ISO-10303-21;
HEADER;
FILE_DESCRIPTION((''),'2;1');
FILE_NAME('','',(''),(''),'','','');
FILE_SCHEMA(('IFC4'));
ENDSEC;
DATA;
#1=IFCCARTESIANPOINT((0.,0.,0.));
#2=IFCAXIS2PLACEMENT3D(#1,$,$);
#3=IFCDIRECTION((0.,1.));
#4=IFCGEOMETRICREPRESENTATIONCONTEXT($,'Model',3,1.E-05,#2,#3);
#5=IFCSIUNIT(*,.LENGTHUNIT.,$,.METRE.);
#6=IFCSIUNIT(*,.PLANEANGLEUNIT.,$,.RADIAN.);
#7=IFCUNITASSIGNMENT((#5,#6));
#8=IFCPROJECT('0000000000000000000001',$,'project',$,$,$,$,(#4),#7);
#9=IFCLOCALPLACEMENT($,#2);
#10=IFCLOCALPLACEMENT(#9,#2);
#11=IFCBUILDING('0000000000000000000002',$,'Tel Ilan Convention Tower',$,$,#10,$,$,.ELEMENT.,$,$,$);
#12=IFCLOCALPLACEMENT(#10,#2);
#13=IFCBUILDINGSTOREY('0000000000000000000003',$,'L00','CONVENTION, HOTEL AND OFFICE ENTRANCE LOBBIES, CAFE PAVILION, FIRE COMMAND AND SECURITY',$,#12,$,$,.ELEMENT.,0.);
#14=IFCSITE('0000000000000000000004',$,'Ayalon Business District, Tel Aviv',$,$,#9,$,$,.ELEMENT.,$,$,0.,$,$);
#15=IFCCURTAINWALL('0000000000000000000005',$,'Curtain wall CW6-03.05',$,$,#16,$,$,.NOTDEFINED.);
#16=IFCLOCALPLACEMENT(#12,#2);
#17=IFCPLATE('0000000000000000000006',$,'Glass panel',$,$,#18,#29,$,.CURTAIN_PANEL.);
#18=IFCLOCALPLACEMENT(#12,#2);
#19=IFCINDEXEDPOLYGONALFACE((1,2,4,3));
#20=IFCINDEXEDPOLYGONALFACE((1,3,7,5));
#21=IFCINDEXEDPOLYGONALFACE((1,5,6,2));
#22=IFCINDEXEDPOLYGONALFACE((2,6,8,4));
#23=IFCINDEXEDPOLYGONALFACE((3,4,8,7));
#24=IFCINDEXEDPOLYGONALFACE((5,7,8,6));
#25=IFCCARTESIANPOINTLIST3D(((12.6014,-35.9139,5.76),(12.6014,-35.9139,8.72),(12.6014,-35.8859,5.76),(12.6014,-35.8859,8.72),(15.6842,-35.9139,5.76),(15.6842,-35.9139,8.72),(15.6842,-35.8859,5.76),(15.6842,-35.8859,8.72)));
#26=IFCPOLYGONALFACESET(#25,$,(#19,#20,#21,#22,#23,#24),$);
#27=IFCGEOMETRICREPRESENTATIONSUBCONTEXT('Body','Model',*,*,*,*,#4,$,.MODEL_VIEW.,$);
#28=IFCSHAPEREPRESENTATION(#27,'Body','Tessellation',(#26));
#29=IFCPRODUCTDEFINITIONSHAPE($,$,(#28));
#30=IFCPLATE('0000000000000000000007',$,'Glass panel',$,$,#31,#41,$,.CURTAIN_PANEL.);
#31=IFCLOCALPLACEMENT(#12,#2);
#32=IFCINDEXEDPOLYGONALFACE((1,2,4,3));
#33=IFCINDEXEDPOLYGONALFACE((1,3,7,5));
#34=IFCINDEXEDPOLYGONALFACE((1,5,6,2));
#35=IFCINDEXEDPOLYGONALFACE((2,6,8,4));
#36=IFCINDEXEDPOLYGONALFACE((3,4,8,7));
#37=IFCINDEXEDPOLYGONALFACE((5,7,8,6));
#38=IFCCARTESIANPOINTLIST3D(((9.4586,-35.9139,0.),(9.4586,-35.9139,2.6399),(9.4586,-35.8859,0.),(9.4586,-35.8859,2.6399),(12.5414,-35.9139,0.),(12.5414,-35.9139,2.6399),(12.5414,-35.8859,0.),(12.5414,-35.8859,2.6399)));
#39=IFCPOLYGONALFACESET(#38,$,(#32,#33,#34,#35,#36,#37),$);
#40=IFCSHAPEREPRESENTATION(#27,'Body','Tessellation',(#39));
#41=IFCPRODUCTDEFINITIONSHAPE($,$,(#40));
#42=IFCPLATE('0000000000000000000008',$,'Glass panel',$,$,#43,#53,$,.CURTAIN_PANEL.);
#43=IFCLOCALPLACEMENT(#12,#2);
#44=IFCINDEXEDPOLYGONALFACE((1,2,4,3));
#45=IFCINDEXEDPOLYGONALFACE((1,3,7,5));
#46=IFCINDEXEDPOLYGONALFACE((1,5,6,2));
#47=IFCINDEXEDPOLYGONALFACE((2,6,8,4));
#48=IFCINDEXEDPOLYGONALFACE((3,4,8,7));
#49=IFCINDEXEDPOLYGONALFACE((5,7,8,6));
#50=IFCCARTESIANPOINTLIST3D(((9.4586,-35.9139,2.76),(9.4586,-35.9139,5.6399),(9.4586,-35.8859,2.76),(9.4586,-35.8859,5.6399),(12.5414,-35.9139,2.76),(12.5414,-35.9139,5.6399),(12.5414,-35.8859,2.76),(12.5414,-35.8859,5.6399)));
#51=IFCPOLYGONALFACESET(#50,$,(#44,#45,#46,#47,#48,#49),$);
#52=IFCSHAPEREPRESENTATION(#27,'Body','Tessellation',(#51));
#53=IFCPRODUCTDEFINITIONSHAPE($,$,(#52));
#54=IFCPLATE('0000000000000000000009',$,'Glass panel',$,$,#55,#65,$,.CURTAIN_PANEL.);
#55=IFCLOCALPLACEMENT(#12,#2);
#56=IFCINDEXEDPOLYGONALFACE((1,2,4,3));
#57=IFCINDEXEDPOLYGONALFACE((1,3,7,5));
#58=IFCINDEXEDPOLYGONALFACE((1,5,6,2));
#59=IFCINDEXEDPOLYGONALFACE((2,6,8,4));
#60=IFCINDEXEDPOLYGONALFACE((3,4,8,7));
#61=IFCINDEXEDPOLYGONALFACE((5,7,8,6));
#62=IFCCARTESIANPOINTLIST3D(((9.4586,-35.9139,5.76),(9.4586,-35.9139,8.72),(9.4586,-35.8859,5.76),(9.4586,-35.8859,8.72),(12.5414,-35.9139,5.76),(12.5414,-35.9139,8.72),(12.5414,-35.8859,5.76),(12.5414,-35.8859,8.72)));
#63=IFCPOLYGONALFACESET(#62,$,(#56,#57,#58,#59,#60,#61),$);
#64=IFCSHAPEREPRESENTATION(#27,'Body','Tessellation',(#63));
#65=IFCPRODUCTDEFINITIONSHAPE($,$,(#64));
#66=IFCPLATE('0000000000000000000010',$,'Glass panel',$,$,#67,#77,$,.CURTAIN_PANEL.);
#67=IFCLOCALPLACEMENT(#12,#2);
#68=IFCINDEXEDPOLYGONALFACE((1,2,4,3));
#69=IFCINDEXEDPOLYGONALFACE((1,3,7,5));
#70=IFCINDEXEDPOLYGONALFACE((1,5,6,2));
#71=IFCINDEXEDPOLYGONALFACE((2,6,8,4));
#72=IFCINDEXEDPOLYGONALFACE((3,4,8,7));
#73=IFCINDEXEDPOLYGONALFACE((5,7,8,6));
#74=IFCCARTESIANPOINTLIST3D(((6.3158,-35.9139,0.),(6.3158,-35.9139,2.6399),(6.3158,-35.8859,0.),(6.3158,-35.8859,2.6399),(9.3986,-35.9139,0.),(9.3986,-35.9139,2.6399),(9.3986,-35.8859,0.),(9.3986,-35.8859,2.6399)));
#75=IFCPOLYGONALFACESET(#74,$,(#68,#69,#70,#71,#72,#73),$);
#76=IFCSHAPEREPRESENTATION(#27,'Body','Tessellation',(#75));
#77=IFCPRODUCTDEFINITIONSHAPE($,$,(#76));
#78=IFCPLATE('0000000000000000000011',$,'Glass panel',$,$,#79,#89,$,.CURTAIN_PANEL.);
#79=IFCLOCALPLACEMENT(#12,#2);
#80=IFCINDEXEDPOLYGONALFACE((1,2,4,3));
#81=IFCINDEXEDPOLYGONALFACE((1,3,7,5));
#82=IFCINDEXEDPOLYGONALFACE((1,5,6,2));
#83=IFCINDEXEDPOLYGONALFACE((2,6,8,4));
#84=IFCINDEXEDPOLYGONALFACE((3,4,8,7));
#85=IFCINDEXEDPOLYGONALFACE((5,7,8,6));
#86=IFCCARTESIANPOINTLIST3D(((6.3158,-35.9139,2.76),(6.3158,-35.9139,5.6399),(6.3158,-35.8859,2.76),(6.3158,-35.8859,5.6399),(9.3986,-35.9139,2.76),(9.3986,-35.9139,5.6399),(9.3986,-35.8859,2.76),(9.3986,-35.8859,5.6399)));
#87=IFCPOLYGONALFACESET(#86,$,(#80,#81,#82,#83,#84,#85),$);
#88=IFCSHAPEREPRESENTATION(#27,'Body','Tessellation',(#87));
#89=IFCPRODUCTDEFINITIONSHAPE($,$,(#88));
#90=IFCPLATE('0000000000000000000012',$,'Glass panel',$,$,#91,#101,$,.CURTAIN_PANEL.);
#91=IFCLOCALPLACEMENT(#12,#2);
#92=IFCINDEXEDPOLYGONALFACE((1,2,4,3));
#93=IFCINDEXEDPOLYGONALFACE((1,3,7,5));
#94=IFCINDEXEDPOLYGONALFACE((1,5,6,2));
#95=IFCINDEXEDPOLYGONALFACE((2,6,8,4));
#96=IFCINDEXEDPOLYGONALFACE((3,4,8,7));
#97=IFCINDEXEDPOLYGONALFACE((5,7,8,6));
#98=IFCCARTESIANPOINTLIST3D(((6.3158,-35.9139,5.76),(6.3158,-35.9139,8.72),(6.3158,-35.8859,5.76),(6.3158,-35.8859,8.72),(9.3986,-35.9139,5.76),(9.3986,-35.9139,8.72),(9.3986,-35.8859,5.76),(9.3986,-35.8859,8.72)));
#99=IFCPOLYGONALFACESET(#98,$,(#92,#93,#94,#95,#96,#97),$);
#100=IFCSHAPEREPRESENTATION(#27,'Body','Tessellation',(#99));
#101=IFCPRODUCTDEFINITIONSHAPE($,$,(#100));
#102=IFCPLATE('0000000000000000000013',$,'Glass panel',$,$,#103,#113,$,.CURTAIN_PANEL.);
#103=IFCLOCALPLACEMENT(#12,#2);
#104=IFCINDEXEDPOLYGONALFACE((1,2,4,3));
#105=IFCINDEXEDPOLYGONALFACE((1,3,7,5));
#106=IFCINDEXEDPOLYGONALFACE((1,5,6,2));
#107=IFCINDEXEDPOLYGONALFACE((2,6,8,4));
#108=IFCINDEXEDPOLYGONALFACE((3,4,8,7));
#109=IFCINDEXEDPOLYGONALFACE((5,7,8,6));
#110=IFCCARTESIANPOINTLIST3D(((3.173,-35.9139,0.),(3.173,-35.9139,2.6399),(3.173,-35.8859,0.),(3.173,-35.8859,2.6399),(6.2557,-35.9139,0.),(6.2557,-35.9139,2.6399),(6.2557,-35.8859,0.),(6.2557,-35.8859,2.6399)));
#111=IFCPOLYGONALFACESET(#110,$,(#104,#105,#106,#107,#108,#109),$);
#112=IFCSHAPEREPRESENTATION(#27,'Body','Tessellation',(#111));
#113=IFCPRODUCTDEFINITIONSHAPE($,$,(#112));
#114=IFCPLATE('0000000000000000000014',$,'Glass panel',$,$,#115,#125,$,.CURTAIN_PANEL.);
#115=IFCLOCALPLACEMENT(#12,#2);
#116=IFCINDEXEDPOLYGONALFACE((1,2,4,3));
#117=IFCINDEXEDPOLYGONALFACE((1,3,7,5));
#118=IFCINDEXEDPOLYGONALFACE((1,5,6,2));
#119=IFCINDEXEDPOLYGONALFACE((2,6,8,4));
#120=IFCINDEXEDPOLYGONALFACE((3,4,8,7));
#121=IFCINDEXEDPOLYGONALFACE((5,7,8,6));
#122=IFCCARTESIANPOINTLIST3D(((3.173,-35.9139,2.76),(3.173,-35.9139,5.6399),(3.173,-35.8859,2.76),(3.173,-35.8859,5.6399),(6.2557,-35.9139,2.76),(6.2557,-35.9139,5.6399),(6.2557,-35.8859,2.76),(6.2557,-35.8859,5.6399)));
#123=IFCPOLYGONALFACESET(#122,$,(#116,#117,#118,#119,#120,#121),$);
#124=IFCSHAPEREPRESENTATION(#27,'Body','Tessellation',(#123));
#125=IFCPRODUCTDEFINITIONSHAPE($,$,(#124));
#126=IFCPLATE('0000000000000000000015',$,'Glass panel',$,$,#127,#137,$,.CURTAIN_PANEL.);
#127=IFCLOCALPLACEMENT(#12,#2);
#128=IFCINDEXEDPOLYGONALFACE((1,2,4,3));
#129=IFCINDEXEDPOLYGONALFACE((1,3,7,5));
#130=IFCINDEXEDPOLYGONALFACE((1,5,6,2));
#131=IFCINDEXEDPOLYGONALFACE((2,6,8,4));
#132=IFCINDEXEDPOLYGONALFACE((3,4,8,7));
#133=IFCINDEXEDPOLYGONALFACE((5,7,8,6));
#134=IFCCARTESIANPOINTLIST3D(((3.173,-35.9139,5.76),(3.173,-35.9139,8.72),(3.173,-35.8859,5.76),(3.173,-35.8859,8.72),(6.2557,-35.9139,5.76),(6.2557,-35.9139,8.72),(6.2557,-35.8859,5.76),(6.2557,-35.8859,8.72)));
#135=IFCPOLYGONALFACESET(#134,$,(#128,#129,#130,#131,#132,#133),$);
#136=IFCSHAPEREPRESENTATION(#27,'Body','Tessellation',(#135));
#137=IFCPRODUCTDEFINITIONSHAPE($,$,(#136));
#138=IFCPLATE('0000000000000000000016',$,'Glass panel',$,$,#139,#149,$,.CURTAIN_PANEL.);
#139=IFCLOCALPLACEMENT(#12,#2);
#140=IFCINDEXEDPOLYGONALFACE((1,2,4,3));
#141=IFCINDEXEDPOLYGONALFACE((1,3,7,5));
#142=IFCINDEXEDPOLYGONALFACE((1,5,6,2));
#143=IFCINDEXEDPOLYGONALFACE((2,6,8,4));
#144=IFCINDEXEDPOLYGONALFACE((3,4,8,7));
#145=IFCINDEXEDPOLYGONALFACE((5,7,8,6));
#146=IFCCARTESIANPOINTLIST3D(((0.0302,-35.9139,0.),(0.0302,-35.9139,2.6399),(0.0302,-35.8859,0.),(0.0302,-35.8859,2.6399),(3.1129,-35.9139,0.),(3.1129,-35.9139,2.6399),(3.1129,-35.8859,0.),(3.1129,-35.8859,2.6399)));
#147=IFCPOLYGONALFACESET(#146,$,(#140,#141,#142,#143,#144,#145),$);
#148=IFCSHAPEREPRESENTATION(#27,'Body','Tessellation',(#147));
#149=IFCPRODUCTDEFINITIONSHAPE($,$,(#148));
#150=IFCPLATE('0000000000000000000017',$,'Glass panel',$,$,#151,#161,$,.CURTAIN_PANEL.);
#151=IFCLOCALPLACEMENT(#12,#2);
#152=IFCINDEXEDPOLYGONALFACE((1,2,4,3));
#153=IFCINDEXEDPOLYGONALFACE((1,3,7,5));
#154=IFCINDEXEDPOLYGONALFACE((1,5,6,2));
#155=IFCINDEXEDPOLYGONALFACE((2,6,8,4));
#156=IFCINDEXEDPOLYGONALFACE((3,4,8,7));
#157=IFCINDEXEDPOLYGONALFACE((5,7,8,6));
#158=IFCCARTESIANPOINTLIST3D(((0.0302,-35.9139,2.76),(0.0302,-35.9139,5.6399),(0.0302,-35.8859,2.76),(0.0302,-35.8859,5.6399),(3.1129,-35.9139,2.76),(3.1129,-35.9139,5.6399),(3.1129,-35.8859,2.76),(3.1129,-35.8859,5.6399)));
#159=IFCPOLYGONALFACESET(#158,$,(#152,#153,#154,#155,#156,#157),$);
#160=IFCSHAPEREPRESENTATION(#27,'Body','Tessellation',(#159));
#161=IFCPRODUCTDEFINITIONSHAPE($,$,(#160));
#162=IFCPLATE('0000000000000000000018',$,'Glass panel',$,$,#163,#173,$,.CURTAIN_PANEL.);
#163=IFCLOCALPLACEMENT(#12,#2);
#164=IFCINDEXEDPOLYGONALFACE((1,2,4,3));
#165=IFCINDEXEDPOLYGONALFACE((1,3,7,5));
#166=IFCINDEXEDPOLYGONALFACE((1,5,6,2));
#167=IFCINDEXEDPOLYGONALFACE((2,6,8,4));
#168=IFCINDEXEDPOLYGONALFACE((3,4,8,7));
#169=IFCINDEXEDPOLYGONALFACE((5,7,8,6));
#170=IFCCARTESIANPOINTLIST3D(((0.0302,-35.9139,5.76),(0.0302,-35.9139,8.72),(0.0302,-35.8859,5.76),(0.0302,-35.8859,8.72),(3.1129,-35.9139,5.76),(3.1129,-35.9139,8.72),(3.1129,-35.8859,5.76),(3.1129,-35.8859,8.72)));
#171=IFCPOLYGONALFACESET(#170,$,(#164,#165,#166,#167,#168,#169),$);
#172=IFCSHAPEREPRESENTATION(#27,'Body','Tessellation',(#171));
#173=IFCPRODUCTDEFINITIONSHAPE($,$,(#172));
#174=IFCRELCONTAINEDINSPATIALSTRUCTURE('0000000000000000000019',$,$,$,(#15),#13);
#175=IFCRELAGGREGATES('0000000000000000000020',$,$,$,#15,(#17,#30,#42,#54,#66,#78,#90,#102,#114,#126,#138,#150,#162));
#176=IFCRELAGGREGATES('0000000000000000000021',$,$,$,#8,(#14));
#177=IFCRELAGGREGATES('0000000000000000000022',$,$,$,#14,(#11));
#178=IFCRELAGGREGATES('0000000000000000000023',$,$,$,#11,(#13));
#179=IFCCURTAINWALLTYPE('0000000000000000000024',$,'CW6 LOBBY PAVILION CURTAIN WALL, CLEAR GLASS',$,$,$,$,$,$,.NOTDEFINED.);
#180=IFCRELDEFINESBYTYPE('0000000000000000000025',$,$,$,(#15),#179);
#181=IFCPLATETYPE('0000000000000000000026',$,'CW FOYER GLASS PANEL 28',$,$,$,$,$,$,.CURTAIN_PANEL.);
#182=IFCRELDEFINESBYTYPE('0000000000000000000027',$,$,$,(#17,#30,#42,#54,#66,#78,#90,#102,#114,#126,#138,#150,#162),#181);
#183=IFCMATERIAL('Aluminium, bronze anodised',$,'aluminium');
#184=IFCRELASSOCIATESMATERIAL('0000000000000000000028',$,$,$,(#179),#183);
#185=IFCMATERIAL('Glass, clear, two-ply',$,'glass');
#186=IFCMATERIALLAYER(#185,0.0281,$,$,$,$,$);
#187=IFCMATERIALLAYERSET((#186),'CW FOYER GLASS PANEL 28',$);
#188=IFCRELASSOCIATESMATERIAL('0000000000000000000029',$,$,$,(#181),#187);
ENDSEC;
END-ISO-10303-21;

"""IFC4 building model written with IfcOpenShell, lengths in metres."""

from ifc_helpers import new_model, si_unit, direction, frame, origin, origin_2d, place, context, subcontext, project, spatial, rectangle, extrude, material, layer, layer_set, type_object, element, aggregate, save


model = new_model("IFC4")

# Units and contexts
model_context = context("Model", 3, precision=1e-05, world=origin(), true_north=direction((0.0, 1.0)))
body_context = subcontext(model_context, "Body", "Model", "MODEL_VIEW")
ifc_project = project(units=[si_unit("LENGTHUNIT", "METRE"), si_unit("PLANEANGLEUNIT", "RADIAN")], contexts=[model_context])

# Site, building, storey
site_placement = place(None, origin())
site = spatial("IfcSite", under=ifc_project, at=site_placement, Name="Ayalon Business District, Tel Aviv", CompositionType="ELEMENT", RefElevation=0.0)
building_placement = place(site_placement, origin())
building = spatial("IfcBuilding", under=site, at=building_placement, Name="Tel Ilan Convention Tower", CompositionType="ELEMENT")
storey_placement = place(building_placement, origin())
storey = spatial("IfcBuildingStorey", under=building, at=storey_placement, Name="L00", Description="CONVENTION, HOTEL AND OFFICE ENTRANCE LOBBIES, CAFE PAVILION, FIRE COMMAND AND SECURITY", CompositionType="ELEMENT", Elevation=0.0)

# Curtain wall
ifc_material_1 = material(Name="Aluminium, bronze anodised", Category="aluminium")
curtain_wall_type = type_object("IfcCurtainWallType", Name="CW6 LOBBY PAVILION CURTAIN WALL, CLEAR GLASS", PredefinedType="NOTDEFINED", material=ifc_material_1)
curtain_wall_placement = place(storey_placement, origin())
curtain_wall = element("IfcCurtainWall", 1, at=curtain_wall_placement, inside=storey, type_object=curtain_wall_type, Name="Curtain wall CW6-03.05", PredefinedType="NOTDEFINED")

# Plates
ifc_material_2 = material(Name="Glass, clear, two-ply", Category="glass")
ifc_layer_1 = layer(ifc_material_2, 0.0281)
ifc_layer_set_1 = layer_set([ifc_layer_1], Name="CW FOYER GLASS PANEL 28")
plate_type = type_object("IfcPlateType", Name="CW FOYER GLASS PANEL 28", PredefinedType="CURTAIN_PANEL", material=ifc_layer_set_1)
plate_1_placement = place(storey_placement, frame((14.1428, -35.8999, 5.76), z_axis=(0.0, 0.0, 1.0), x_axis=(-1.0, 0.0, 0.0)))
plate_1 = element("IfcPlate", 2, at=plate_1_placement, type_object=plate_type, Name="Glass panel", PredefinedType="CURTAIN_PANEL", context=body_context, shape_type="SweptSolid", body=[
    extrude(rectangle(XDim=3.0828, YDim=0.0281, at=origin_2d()), origin(), (0.0, 0.0, 1.0), 2.96),
])
plate_2_placement = place(storey_placement, frame((11.0, -35.8999, 0.0), z_axis=(0.0, 0.0, 1.0), x_axis=(-1.0, 0.0, 0.0)))
plate_2 = element("IfcPlate", 3, at=plate_2_placement, type_object=plate_type, Name="Glass panel", PredefinedType="CURTAIN_PANEL", context=body_context, shape_type="SweptSolid", body=[
    extrude(rectangle(XDim=3.0828, YDim=0.0281, at=origin_2d()), origin(), (0.0, 0.0, 1.0), 2.6399),
])
plate_3_placement = place(storey_placement, frame((11.0, -35.8999, 2.76), z_axis=(0.0, 0.0, 1.0), x_axis=(-1.0, 0.0, 0.0)))
plate_3 = element("IfcPlate", 4, at=plate_3_placement, type_object=plate_type, Name="Glass panel", PredefinedType="CURTAIN_PANEL", context=body_context, shape_type="SweptSolid", body=[
    extrude(rectangle(XDim=3.0828, YDim=0.0281, at=origin_2d()), origin(), (0.0, 0.0, 1.0), 2.8799),
])
plate_4_placement = place(storey_placement, frame((11.0, -35.8999, 5.76), z_axis=(0.0, 0.0, 1.0), x_axis=(-1.0, 0.0, 0.0)))
plate_4 = element("IfcPlate", 5, at=plate_4_placement, type_object=plate_type, Name="Glass panel", PredefinedType="CURTAIN_PANEL", context=body_context, shape_type="SweptSolid", body=[
    extrude(rectangle(XDim=3.0828, YDim=0.0281, at=origin_2d()), origin(), (0.0, 0.0, 1.0), 2.96),
])
plate_5_placement = place(storey_placement, frame((7.8572, -35.8999, 0.0), z_axis=(0.0, 0.0, 1.0), x_axis=(-1.0, 0.0, 0.0)))
plate_5 = element("IfcPlate", 6, at=plate_5_placement, type_object=plate_type, Name="Glass panel", PredefinedType="CURTAIN_PANEL", context=body_context, shape_type="SweptSolid", body=[
    extrude(rectangle(XDim=3.0828, YDim=0.0281, at=origin_2d()), origin(), (0.0, 0.0, 1.0), 2.6399),
])
plate_6_placement = place(storey_placement, frame((7.8572, -35.8999, 2.76), z_axis=(0.0, 0.0, 1.0), x_axis=(-1.0, 0.0, 0.0)))
plate_6 = element("IfcPlate", 7, at=plate_6_placement, type_object=plate_type, Name="Glass panel", PredefinedType="CURTAIN_PANEL", context=body_context, shape_type="SweptSolid", body=[
    extrude(rectangle(XDim=3.0828, YDim=0.0281, at=origin_2d()), origin(), (0.0, 0.0, 1.0), 2.8799),
])
plate_7_placement = place(storey_placement, frame((7.8572, -35.8999, 5.76), z_axis=(0.0, 0.0, 1.0), x_axis=(-1.0, 0.0, 0.0)))
plate_7 = element("IfcPlate", 8, at=plate_7_placement, type_object=plate_type, Name="Glass panel", PredefinedType="CURTAIN_PANEL", context=body_context, shape_type="SweptSolid", body=[
    extrude(rectangle(XDim=3.0828, YDim=0.0281, at=origin_2d()), origin(), (0.0, 0.0, 1.0), 2.96),
])
plate_8_placement = place(storey_placement, frame((4.7144, -35.8999, 0.0), z_axis=(0.0, 0.0, 1.0), x_axis=(-1.0, 0.0, 0.0)))
plate_8 = element("IfcPlate", 9, at=plate_8_placement, type_object=plate_type, Name="Glass panel", PredefinedType="CURTAIN_PANEL", context=body_context, shape_type="SweptSolid", body=[
    extrude(rectangle(XDim=3.0828, YDim=0.0281, at=origin_2d()), origin(), (0.0, 0.0, 1.0), 2.6399),
])
plate_9_placement = place(storey_placement, frame((4.7144, -35.8999, 2.76), z_axis=(0.0, 0.0, 1.0), x_axis=(-1.0, 0.0, 0.0)))
plate_9 = element("IfcPlate", 10, at=plate_9_placement, type_object=plate_type, Name="Glass panel", PredefinedType="CURTAIN_PANEL", context=body_context, shape_type="SweptSolid", body=[
    extrude(rectangle(XDim=3.0828, YDim=0.0281, at=origin_2d()), origin(), (0.0, 0.0, 1.0), 2.8799),
])
plate_10_placement = place(storey_placement, frame((4.7144, -35.8999, 5.76), z_axis=(0.0, 0.0, 1.0), x_axis=(-1.0, 0.0, 0.0)))
plate_10 = element("IfcPlate", 11, at=plate_10_placement, type_object=plate_type, Name="Glass panel", PredefinedType="CURTAIN_PANEL", context=body_context, shape_type="SweptSolid", body=[
    extrude(rectangle(XDim=3.0828, YDim=0.0281, at=origin_2d()), origin(), (0.0, 0.0, 1.0), 2.96),
])
plate_11_placement = place(storey_placement, frame((1.5715, -35.8999, 0.0), z_axis=(0.0, 0.0, 1.0), x_axis=(-1.0, 0.0, 0.0)))
plate_11 = element("IfcPlate", 12, at=plate_11_placement, type_object=plate_type, Name="Glass panel", PredefinedType="CURTAIN_PANEL", context=body_context, shape_type="SweptSolid", body=[
    extrude(rectangle(XDim=3.0828, YDim=0.0281, at=origin_2d()), origin(), (0.0, 0.0, 1.0), 2.6399),
])
plate_12_placement = place(storey_placement, frame((1.5715, -35.8999, 2.76), z_axis=(0.0, 0.0, 1.0), x_axis=(-1.0, 0.0, 0.0)))
plate_12 = element("IfcPlate", 13, at=plate_12_placement, type_object=plate_type, Name="Glass panel", PredefinedType="CURTAIN_PANEL", context=body_context, shape_type="SweptSolid", body=[
    extrude(rectangle(XDim=3.0828, YDim=0.0281, at=origin_2d()), origin(), (0.0, 0.0, 1.0), 2.8799),
])
plate_13_placement = place(storey_placement, frame((1.5715, -35.8999, 5.76), z_axis=(0.0, 0.0, 1.0), x_axis=(-1.0, 0.0, 0.0)))
plate_13 = element("IfcPlate", 14, at=plate_13_placement, type_object=plate_type, Name="Glass panel", PredefinedType="CURTAIN_PANEL", context=body_context, shape_type="SweptSolid", body=[
    extrude(rectangle(XDim=3.0828, YDim=0.0281, at=origin_2d()), origin(), (0.0, 0.0, 1.0), 2.96),
])
aggregate(curtain_wall, [plate_1, plate_2, plate_3, plate_4, plate_5, plate_6, plate_7, plate_8, plate_9, plate_10, plate_11, plate_12, plate_13])

save(model, "model.ifc")
